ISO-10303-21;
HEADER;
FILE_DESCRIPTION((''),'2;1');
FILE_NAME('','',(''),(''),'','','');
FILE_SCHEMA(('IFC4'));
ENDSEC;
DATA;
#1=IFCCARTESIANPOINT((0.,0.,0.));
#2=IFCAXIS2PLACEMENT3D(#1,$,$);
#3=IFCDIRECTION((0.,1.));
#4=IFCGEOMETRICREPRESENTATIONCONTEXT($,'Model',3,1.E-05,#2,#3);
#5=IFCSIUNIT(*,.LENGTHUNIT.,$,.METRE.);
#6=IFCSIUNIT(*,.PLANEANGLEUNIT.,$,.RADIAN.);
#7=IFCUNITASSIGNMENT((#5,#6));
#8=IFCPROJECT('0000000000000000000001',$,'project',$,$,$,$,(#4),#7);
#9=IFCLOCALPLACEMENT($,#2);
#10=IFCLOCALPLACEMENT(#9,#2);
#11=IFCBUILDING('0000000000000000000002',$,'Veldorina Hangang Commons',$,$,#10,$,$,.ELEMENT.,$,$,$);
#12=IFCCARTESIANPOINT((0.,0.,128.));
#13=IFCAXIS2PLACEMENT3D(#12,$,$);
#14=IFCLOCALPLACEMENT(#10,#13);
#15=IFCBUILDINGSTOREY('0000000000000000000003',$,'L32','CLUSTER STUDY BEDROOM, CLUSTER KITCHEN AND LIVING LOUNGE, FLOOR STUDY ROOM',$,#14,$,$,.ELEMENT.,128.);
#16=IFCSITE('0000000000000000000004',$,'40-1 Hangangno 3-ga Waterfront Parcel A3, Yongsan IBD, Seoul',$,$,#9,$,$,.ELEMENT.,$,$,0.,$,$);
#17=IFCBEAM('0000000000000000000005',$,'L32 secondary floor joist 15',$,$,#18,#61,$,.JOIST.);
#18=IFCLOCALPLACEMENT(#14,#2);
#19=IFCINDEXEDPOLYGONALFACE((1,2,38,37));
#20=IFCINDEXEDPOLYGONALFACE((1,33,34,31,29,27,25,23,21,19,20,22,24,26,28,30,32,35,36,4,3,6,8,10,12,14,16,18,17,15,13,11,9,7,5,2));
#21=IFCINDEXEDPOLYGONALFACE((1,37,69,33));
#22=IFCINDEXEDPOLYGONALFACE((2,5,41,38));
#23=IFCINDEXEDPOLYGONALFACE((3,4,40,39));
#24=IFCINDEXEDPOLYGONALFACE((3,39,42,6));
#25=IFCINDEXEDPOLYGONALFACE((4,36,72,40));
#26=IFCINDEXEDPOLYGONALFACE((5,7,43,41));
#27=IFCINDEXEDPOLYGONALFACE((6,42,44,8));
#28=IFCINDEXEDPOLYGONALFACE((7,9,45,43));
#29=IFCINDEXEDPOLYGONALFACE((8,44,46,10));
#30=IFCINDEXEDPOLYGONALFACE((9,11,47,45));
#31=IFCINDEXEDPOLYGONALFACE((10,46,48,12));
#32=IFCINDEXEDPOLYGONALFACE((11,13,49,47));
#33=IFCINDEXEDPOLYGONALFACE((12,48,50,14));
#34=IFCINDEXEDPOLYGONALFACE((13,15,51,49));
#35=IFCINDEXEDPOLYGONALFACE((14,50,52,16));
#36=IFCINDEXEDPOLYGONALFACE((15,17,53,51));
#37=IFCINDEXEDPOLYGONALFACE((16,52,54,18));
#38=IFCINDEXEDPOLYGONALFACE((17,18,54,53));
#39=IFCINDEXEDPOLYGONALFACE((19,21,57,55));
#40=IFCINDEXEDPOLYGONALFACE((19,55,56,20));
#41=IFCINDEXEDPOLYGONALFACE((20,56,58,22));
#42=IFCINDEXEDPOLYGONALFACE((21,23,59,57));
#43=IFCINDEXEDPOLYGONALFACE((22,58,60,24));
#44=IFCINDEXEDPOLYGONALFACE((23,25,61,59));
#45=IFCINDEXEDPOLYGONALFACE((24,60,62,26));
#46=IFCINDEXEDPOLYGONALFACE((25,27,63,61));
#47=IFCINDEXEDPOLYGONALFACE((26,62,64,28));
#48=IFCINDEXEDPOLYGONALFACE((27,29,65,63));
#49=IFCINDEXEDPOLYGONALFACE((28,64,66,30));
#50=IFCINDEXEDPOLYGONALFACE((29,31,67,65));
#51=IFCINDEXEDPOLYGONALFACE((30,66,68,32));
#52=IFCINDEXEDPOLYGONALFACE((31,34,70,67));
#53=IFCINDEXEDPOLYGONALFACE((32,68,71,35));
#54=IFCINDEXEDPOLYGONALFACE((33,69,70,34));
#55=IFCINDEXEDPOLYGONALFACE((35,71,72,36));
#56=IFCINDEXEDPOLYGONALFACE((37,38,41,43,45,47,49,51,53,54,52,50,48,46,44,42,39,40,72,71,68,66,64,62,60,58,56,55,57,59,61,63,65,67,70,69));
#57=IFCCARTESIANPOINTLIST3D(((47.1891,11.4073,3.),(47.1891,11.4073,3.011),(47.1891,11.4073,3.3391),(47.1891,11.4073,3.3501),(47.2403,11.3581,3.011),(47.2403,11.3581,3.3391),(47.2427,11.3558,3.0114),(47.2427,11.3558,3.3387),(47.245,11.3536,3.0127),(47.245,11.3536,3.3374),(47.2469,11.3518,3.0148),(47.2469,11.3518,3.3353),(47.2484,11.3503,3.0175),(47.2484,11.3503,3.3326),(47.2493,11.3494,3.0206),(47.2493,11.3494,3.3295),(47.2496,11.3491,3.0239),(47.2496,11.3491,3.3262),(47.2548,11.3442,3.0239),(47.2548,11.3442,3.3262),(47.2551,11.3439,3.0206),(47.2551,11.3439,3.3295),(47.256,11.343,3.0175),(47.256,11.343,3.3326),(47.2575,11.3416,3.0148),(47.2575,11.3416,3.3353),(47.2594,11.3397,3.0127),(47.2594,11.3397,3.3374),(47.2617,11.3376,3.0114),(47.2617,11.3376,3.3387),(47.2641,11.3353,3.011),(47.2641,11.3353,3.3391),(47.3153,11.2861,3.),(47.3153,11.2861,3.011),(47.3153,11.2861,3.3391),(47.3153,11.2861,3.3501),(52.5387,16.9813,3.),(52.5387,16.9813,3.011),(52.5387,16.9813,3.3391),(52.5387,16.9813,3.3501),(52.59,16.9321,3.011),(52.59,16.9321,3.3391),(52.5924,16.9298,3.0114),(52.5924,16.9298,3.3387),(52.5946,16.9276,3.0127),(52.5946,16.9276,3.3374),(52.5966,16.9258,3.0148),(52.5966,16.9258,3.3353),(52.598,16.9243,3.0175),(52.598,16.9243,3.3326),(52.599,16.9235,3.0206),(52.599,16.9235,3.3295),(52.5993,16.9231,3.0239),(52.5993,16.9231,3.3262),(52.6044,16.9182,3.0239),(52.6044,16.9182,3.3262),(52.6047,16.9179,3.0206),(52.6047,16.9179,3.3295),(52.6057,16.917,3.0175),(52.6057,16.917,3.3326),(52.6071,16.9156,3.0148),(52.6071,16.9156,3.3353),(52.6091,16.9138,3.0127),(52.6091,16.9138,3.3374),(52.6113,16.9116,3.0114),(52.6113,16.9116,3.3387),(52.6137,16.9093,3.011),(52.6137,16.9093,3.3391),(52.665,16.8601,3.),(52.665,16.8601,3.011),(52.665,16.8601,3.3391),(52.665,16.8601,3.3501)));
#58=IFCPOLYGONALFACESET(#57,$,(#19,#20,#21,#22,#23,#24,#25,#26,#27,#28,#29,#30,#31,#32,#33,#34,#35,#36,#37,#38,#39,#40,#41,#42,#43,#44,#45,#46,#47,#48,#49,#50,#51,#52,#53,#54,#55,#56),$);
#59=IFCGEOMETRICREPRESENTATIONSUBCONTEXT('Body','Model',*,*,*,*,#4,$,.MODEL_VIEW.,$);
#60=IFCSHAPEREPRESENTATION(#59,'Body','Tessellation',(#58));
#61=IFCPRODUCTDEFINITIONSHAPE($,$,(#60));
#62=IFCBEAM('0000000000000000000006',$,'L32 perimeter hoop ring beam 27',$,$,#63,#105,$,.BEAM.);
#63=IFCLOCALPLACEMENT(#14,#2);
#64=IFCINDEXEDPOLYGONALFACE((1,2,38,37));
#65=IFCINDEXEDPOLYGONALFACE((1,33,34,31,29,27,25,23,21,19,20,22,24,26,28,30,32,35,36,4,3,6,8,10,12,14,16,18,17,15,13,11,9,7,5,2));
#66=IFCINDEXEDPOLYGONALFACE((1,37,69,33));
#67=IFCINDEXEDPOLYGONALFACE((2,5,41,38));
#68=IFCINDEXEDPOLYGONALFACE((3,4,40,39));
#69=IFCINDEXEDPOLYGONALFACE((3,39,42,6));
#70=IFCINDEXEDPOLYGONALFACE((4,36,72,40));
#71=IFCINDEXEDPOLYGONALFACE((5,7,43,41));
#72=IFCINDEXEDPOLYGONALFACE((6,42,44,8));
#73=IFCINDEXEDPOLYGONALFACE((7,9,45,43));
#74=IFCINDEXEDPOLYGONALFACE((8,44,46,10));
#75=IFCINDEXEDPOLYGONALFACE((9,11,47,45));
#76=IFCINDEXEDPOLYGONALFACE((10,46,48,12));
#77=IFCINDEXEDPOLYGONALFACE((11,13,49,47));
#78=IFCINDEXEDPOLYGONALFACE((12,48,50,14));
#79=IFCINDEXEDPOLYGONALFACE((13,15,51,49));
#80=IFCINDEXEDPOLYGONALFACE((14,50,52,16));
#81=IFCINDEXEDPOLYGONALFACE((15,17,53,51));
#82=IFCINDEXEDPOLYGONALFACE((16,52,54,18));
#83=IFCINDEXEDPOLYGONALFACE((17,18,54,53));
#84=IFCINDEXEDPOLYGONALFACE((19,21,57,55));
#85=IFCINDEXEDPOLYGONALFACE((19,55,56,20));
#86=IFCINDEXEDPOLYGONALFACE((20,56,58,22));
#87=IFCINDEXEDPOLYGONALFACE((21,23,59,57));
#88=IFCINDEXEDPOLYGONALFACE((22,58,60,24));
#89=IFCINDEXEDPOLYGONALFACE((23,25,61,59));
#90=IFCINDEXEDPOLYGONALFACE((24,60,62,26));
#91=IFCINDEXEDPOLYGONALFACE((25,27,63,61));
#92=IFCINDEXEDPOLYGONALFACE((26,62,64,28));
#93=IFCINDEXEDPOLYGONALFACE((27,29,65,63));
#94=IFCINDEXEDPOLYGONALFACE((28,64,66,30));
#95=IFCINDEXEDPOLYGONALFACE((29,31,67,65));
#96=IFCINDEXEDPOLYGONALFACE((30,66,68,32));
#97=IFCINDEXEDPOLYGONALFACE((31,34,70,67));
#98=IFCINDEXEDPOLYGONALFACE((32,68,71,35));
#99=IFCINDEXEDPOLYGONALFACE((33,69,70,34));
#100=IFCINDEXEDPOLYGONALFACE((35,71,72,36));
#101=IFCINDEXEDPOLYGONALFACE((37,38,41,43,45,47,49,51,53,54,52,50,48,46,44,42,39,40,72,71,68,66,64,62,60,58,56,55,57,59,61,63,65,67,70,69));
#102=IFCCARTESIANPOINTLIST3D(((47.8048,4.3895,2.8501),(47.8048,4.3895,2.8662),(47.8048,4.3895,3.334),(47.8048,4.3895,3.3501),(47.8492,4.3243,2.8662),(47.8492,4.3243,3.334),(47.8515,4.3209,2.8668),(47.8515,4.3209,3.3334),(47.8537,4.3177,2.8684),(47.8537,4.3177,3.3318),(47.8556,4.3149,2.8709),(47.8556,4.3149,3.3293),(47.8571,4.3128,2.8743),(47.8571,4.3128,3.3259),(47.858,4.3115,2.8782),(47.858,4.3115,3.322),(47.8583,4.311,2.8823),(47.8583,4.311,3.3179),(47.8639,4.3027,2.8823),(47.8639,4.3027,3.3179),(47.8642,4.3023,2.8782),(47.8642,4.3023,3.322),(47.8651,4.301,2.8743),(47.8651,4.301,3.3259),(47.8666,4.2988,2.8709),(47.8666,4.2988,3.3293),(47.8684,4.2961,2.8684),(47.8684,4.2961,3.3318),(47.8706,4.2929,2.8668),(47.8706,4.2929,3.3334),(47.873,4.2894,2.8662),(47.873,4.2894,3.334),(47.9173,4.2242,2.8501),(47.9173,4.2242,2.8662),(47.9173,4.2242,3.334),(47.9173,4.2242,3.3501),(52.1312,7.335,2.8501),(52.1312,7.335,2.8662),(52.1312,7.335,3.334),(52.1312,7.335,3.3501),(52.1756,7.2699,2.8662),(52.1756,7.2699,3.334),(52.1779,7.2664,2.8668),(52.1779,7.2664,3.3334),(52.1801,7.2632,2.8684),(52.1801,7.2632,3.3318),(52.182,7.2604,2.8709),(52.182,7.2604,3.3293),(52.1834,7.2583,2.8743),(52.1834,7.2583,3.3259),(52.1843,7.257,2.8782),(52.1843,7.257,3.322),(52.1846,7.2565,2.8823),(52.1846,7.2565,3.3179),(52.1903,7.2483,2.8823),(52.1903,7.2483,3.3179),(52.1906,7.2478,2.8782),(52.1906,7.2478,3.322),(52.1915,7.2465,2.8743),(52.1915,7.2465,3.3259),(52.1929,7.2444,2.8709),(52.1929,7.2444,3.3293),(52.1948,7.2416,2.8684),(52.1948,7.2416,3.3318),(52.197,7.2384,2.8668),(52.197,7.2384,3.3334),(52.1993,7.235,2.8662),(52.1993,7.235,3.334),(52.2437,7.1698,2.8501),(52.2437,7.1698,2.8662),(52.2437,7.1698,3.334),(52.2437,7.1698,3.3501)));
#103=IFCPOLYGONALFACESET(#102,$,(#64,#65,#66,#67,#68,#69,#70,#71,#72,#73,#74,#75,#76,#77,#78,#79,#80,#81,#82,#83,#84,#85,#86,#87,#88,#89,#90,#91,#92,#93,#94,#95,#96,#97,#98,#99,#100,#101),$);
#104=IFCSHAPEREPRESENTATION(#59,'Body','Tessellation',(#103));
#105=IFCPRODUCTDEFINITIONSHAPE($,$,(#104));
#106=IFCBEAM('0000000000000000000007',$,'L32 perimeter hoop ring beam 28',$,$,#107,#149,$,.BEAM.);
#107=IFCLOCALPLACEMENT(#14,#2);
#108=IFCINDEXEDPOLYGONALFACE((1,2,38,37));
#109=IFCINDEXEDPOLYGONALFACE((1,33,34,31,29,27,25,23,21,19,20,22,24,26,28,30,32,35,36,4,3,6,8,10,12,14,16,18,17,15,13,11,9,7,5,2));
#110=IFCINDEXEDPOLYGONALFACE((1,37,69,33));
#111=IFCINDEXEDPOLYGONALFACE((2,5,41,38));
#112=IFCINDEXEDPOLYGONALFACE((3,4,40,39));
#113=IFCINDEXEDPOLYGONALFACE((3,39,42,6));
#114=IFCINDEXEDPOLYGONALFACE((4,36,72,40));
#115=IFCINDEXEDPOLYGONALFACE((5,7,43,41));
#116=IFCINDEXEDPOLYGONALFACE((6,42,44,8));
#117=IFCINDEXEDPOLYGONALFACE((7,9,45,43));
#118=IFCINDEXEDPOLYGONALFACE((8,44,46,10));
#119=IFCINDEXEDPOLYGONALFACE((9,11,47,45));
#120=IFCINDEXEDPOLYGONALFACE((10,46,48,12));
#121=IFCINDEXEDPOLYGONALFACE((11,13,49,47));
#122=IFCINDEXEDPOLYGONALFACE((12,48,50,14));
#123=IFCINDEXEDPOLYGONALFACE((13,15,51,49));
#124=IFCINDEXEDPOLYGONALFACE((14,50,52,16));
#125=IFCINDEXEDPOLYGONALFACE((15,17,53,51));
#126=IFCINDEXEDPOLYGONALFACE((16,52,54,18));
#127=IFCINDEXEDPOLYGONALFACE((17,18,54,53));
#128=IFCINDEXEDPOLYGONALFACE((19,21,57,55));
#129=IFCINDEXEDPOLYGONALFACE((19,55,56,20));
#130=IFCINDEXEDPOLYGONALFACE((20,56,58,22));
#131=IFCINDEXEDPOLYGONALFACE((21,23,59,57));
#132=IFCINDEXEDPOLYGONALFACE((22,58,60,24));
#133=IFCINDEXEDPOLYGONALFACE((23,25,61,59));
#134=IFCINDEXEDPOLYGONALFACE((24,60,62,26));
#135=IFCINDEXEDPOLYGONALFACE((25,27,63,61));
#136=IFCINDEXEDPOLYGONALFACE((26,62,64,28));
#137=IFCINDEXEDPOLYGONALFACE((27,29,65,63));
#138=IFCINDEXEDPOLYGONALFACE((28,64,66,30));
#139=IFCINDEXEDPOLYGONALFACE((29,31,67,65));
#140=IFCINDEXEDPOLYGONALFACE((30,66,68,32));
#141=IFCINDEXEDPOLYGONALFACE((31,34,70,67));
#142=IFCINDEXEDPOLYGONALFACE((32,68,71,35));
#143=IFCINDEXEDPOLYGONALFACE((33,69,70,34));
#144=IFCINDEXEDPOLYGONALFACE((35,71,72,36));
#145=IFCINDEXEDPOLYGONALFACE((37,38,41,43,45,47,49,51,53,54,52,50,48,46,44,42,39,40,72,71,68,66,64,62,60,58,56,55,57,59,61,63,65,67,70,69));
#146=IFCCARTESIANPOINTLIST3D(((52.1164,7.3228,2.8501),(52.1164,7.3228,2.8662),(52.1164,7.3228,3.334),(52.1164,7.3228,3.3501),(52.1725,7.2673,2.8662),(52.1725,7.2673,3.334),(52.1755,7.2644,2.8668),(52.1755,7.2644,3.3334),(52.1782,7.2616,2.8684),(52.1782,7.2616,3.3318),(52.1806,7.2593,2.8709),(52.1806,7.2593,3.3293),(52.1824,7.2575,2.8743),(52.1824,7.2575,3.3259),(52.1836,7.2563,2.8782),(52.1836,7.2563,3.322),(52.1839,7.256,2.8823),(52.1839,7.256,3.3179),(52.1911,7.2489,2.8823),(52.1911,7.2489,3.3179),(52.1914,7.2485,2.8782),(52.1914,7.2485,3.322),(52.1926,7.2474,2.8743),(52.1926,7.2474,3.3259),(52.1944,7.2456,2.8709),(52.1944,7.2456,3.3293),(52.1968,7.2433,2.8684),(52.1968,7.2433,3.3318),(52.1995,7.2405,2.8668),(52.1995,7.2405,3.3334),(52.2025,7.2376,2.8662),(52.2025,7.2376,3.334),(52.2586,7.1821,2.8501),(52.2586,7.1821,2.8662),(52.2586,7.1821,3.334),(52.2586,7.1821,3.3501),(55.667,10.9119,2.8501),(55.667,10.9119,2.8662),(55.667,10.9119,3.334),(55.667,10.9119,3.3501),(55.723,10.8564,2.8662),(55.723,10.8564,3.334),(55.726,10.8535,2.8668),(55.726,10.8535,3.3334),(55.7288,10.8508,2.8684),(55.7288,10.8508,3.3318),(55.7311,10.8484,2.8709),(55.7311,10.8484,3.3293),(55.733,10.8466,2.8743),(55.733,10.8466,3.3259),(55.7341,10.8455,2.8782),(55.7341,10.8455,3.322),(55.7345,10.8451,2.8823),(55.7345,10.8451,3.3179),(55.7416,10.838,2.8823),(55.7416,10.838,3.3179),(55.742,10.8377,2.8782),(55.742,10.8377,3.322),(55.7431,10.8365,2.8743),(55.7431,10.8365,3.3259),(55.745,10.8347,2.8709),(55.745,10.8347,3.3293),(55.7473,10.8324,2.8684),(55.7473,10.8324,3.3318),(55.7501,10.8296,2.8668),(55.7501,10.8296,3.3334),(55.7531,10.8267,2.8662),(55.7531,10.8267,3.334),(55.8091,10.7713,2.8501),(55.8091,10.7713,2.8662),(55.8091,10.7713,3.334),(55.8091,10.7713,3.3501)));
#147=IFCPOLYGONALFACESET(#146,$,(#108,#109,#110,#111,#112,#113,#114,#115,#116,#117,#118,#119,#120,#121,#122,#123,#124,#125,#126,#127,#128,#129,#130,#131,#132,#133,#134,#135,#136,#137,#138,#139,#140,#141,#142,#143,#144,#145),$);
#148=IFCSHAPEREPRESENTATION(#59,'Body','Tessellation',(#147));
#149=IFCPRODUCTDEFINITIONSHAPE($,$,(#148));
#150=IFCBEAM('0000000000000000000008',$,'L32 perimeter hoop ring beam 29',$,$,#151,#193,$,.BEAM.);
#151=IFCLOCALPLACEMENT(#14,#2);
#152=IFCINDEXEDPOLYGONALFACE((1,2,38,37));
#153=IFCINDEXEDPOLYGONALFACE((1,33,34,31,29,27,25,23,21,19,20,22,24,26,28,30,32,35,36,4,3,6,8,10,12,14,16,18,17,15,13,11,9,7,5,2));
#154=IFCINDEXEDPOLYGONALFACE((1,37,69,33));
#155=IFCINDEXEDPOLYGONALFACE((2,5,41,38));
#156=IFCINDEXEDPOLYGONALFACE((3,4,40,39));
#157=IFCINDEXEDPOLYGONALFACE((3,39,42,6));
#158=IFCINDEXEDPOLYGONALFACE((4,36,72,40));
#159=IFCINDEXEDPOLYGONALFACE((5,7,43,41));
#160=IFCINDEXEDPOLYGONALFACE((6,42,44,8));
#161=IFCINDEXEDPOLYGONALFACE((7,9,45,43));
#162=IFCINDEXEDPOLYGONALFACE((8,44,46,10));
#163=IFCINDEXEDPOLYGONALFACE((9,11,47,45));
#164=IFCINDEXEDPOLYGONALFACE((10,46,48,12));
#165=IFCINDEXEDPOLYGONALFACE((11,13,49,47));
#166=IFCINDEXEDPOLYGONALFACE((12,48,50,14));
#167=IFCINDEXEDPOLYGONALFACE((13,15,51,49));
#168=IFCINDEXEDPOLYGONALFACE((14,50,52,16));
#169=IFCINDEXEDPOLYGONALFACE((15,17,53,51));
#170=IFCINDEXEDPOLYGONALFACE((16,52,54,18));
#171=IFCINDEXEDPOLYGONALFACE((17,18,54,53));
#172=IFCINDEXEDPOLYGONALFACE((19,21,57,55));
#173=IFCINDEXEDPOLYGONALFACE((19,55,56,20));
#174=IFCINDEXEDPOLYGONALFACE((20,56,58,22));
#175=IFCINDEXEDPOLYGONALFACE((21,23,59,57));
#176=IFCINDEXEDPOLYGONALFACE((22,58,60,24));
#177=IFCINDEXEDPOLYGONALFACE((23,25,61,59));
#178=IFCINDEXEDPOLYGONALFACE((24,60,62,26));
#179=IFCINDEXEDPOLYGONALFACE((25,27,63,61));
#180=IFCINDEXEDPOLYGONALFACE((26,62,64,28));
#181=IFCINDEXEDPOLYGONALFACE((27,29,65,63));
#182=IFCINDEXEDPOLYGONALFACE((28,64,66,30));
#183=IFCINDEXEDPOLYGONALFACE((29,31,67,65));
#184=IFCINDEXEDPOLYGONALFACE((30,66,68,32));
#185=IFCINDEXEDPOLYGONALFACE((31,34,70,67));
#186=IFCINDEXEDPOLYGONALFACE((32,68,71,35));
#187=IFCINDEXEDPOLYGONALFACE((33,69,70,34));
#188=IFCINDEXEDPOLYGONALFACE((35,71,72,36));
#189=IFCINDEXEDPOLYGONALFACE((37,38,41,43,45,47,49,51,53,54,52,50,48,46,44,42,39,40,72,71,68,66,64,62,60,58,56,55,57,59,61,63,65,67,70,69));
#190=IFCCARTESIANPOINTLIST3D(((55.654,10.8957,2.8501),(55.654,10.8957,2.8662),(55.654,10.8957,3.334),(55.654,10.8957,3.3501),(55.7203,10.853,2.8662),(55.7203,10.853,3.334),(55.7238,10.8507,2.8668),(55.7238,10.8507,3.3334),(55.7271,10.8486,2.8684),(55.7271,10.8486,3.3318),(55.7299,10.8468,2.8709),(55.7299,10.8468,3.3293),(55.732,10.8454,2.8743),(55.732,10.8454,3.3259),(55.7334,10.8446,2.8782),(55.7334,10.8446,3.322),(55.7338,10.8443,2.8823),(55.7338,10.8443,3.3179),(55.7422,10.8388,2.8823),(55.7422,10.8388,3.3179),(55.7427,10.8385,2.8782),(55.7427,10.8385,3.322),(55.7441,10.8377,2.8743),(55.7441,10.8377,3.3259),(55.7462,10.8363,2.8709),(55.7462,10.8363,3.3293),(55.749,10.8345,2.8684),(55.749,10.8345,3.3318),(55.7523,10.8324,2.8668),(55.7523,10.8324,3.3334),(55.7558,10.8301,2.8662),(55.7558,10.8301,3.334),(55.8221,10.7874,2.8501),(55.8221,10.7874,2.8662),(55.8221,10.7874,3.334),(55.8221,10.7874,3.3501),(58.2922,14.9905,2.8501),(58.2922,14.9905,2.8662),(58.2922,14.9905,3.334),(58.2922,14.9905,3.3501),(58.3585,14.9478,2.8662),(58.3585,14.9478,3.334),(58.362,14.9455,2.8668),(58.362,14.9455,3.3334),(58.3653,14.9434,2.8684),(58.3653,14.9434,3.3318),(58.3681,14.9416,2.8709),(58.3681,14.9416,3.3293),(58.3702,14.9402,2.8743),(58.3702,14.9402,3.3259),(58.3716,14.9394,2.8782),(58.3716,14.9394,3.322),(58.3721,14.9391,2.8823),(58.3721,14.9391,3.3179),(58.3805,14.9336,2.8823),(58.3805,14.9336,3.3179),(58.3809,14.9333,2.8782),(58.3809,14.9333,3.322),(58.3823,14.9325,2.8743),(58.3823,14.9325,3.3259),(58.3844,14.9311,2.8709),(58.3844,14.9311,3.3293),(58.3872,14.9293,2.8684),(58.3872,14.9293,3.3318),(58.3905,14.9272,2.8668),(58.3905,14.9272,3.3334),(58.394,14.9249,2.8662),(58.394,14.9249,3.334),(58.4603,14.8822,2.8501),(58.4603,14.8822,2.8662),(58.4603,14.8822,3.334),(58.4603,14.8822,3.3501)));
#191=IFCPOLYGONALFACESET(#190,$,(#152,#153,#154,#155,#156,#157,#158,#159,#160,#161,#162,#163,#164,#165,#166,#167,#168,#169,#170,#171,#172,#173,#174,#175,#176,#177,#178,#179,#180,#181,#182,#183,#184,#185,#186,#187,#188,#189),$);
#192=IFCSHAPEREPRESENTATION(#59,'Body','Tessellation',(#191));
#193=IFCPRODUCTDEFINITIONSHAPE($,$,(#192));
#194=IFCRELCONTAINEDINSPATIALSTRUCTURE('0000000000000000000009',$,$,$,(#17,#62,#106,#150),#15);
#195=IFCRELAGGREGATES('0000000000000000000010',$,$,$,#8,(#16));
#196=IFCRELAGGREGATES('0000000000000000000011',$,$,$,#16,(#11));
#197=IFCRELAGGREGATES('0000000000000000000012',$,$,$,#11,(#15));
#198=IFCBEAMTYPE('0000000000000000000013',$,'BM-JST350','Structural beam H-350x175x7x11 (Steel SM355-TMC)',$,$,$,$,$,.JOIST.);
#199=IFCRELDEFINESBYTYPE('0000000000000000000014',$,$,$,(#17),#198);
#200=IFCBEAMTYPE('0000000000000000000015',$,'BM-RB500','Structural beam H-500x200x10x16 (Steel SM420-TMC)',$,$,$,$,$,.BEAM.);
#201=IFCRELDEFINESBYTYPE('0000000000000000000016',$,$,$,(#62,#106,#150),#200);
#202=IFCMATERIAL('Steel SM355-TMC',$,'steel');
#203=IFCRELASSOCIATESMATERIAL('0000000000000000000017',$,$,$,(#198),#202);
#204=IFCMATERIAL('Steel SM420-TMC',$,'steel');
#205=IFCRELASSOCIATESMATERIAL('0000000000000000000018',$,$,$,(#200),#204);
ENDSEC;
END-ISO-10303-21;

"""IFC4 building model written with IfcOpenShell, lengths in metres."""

from ifc_helpers import new_model, si_unit, direction, frame, origin, origin_2d, place, context, subcontext, project, spatial, i_section, extrude, material, material_profile, profile_set, type_object, element, save


model = new_model("IFC4")

# Units and contexts
model_context = context("Model", 3, precision=1e-05, world=origin(), true_north=direction((0.0, 1.0)))
body_context = subcontext(model_context, "Body", "Model", "MODEL_VIEW")
ifc_project = project(units=[si_unit("LENGTHUNIT", "METRE"), si_unit("PLANEANGLEUNIT", "RADIAN")], contexts=[model_context])

# Site, building, storey
site_placement = place(None, origin())
site = spatial("IfcSite", under=ifc_project, at=site_placement, Name="40-1 Hangangno 3-ga Waterfront Parcel A3, Yongsan IBD, Seoul", CompositionType="ELEMENT", RefElevation=0.0)
building_placement = place(site_placement, origin())
building = spatial("IfcBuilding", under=site, at=building_placement, Name="Veldorina Hangang Commons", CompositionType="ELEMENT")
storey_placement = place(building_placement, frame((0.0, 0.0, 128.0)))
storey = spatial("IfcBuildingStorey", under=building, at=storey_placement, Name="L32", Description="CLUSTER STUDY BEDROOM, CLUSTER KITCHEN AND LIVING LOUNGE, FLOOR STUDY ROOM", CompositionType="ELEMENT", Elevation=128.0)

# Beams
ifc_material_1 = material(Name="Steel SM355-TMC", Category="steel")
ifc_material_profile_1 = material_profile(ifc_material_1, i_section(OverallWidth=0.175, OverallDepth=0.3501, WebThickness=0.0071, FlangeThickness=0.011, FilletRadius=0.0129, at=origin_2d()), Name="H-350x175x7x11")
ifc_profile_set_1 = profile_set([ifc_material_profile_1], Name="Steel SM355-TMC")
beam_type_1 = type_object("IfcBeamType", Name="BM-JST350", Description="Structural beam H-350x175x7x11 (Steel SM355-TMC)", PredefinedType="JOIST", material=ifc_profile_set_1)
beam_1_placement = place(storey_placement, frame((47.2522, 11.3467, 3.175), z_axis=(0.692437, 0.721478, 0.0), x_axis=(-0.721478, 0.692437, 0.0)))
element("IfcBeam", 1, at=beam_1_placement, inside=storey, type_object=beam_type_1, Name="L32 secondary floor joist 15", PredefinedType="JOIST", context=body_context, shape_type="SweptSolid", body=[
    extrude(i_section(OverallWidth=0.175, OverallDepth=0.3501, WebThickness=0.0071, FlangeThickness=0.011, FilletRadius=0.0129, at=origin_2d()), origin(), (0.0, 0.0, 1.0), 7.7258),
])
ifc_material_2 = material(Name="Steel SM420-TMC", Category="steel")
ifc_material_profile_2 = material_profile(ifc_material_2, i_section(OverallWidth=0.2, OverallDepth=0.5, WebThickness=0.01, FlangeThickness=0.0161, FilletRadius=0.0161, at=origin_2d()), Name="H-500x200x10x16")
ifc_profile_set_2 = profile_set([ifc_material_profile_2], Name="Steel SM420-TMC")
beam_type_2 = type_object("IfcBeamType", Name="BM-RB500", Description="Structural beam H-500x200x10x16 (Steel SM420-TMC)", PredefinedType="BEAM", material=ifc_profile_set_2)
beam_2_placement = place(storey_placement, frame((47.8611, 4.3069, 3.1001), z_axis=(0.826607, 0.562779, 0.0), x_axis=(-0.562779, 0.826607, 0.0)))
element("IfcBeam", 2, at=beam_2_placement, inside=storey, type_object=beam_type_2, Name="L32 perimeter hoop ring beam 27", PredefinedType="BEAM", context=body_context, shape_type="SweptSolid", body=[
    extrude(i_section(OverallWidth=0.2, OverallDepth=0.5, WebThickness=0.01, FlangeThickness=0.0161, FilletRadius=0.0161, at=origin_2d()), origin(), (0.0, 0.0, 1.0), 5.2339),
])
beam_3_placement = place(storey_placement, frame((52.1875, 7.2524, 3.1001), z_axis=(0.703276, 0.710917, 0.0), x_axis=(-0.710917, 0.703276, 0.0)))
element("IfcBeam", 3, at=beam_3_placement, inside=storey, type_object=beam_type_2, Name="L32 perimeter hoop ring beam 28", PredefinedType="BEAM", context=body_context, shape_type="SweptSolid", body=[
    extrude(i_section(OverallWidth=0.2, OverallDepth=0.5, WebThickness=0.01, FlangeThickness=0.0161, FilletRadius=0.0161, at=origin_2d()), origin(), (0.0, 0.0, 1.0), 5.0486),
])
beam_4_placement = place(storey_placement, frame((55.738, 10.8416, 3.1001), z_axis=(0.541608, 0.840631, 0.0), x_axis=(-0.840631, 0.541608, 0.0)))
element("IfcBeam", 4, at=beam_4_placement, inside=storey, type_object=beam_type_2, Name="L32 perimeter hoop ring beam 29", PredefinedType="BEAM", context=body_context, shape_type="SweptSolid", body=[
    extrude(i_section(OverallWidth=0.2, OverallDepth=0.5, WebThickness=0.01, FlangeThickness=0.0161, FilletRadius=0.0161, at=origin_2d()), origin(), (0.0, 0.0, 1.0), 4.8711),
])

save(model, "model.ifc")
